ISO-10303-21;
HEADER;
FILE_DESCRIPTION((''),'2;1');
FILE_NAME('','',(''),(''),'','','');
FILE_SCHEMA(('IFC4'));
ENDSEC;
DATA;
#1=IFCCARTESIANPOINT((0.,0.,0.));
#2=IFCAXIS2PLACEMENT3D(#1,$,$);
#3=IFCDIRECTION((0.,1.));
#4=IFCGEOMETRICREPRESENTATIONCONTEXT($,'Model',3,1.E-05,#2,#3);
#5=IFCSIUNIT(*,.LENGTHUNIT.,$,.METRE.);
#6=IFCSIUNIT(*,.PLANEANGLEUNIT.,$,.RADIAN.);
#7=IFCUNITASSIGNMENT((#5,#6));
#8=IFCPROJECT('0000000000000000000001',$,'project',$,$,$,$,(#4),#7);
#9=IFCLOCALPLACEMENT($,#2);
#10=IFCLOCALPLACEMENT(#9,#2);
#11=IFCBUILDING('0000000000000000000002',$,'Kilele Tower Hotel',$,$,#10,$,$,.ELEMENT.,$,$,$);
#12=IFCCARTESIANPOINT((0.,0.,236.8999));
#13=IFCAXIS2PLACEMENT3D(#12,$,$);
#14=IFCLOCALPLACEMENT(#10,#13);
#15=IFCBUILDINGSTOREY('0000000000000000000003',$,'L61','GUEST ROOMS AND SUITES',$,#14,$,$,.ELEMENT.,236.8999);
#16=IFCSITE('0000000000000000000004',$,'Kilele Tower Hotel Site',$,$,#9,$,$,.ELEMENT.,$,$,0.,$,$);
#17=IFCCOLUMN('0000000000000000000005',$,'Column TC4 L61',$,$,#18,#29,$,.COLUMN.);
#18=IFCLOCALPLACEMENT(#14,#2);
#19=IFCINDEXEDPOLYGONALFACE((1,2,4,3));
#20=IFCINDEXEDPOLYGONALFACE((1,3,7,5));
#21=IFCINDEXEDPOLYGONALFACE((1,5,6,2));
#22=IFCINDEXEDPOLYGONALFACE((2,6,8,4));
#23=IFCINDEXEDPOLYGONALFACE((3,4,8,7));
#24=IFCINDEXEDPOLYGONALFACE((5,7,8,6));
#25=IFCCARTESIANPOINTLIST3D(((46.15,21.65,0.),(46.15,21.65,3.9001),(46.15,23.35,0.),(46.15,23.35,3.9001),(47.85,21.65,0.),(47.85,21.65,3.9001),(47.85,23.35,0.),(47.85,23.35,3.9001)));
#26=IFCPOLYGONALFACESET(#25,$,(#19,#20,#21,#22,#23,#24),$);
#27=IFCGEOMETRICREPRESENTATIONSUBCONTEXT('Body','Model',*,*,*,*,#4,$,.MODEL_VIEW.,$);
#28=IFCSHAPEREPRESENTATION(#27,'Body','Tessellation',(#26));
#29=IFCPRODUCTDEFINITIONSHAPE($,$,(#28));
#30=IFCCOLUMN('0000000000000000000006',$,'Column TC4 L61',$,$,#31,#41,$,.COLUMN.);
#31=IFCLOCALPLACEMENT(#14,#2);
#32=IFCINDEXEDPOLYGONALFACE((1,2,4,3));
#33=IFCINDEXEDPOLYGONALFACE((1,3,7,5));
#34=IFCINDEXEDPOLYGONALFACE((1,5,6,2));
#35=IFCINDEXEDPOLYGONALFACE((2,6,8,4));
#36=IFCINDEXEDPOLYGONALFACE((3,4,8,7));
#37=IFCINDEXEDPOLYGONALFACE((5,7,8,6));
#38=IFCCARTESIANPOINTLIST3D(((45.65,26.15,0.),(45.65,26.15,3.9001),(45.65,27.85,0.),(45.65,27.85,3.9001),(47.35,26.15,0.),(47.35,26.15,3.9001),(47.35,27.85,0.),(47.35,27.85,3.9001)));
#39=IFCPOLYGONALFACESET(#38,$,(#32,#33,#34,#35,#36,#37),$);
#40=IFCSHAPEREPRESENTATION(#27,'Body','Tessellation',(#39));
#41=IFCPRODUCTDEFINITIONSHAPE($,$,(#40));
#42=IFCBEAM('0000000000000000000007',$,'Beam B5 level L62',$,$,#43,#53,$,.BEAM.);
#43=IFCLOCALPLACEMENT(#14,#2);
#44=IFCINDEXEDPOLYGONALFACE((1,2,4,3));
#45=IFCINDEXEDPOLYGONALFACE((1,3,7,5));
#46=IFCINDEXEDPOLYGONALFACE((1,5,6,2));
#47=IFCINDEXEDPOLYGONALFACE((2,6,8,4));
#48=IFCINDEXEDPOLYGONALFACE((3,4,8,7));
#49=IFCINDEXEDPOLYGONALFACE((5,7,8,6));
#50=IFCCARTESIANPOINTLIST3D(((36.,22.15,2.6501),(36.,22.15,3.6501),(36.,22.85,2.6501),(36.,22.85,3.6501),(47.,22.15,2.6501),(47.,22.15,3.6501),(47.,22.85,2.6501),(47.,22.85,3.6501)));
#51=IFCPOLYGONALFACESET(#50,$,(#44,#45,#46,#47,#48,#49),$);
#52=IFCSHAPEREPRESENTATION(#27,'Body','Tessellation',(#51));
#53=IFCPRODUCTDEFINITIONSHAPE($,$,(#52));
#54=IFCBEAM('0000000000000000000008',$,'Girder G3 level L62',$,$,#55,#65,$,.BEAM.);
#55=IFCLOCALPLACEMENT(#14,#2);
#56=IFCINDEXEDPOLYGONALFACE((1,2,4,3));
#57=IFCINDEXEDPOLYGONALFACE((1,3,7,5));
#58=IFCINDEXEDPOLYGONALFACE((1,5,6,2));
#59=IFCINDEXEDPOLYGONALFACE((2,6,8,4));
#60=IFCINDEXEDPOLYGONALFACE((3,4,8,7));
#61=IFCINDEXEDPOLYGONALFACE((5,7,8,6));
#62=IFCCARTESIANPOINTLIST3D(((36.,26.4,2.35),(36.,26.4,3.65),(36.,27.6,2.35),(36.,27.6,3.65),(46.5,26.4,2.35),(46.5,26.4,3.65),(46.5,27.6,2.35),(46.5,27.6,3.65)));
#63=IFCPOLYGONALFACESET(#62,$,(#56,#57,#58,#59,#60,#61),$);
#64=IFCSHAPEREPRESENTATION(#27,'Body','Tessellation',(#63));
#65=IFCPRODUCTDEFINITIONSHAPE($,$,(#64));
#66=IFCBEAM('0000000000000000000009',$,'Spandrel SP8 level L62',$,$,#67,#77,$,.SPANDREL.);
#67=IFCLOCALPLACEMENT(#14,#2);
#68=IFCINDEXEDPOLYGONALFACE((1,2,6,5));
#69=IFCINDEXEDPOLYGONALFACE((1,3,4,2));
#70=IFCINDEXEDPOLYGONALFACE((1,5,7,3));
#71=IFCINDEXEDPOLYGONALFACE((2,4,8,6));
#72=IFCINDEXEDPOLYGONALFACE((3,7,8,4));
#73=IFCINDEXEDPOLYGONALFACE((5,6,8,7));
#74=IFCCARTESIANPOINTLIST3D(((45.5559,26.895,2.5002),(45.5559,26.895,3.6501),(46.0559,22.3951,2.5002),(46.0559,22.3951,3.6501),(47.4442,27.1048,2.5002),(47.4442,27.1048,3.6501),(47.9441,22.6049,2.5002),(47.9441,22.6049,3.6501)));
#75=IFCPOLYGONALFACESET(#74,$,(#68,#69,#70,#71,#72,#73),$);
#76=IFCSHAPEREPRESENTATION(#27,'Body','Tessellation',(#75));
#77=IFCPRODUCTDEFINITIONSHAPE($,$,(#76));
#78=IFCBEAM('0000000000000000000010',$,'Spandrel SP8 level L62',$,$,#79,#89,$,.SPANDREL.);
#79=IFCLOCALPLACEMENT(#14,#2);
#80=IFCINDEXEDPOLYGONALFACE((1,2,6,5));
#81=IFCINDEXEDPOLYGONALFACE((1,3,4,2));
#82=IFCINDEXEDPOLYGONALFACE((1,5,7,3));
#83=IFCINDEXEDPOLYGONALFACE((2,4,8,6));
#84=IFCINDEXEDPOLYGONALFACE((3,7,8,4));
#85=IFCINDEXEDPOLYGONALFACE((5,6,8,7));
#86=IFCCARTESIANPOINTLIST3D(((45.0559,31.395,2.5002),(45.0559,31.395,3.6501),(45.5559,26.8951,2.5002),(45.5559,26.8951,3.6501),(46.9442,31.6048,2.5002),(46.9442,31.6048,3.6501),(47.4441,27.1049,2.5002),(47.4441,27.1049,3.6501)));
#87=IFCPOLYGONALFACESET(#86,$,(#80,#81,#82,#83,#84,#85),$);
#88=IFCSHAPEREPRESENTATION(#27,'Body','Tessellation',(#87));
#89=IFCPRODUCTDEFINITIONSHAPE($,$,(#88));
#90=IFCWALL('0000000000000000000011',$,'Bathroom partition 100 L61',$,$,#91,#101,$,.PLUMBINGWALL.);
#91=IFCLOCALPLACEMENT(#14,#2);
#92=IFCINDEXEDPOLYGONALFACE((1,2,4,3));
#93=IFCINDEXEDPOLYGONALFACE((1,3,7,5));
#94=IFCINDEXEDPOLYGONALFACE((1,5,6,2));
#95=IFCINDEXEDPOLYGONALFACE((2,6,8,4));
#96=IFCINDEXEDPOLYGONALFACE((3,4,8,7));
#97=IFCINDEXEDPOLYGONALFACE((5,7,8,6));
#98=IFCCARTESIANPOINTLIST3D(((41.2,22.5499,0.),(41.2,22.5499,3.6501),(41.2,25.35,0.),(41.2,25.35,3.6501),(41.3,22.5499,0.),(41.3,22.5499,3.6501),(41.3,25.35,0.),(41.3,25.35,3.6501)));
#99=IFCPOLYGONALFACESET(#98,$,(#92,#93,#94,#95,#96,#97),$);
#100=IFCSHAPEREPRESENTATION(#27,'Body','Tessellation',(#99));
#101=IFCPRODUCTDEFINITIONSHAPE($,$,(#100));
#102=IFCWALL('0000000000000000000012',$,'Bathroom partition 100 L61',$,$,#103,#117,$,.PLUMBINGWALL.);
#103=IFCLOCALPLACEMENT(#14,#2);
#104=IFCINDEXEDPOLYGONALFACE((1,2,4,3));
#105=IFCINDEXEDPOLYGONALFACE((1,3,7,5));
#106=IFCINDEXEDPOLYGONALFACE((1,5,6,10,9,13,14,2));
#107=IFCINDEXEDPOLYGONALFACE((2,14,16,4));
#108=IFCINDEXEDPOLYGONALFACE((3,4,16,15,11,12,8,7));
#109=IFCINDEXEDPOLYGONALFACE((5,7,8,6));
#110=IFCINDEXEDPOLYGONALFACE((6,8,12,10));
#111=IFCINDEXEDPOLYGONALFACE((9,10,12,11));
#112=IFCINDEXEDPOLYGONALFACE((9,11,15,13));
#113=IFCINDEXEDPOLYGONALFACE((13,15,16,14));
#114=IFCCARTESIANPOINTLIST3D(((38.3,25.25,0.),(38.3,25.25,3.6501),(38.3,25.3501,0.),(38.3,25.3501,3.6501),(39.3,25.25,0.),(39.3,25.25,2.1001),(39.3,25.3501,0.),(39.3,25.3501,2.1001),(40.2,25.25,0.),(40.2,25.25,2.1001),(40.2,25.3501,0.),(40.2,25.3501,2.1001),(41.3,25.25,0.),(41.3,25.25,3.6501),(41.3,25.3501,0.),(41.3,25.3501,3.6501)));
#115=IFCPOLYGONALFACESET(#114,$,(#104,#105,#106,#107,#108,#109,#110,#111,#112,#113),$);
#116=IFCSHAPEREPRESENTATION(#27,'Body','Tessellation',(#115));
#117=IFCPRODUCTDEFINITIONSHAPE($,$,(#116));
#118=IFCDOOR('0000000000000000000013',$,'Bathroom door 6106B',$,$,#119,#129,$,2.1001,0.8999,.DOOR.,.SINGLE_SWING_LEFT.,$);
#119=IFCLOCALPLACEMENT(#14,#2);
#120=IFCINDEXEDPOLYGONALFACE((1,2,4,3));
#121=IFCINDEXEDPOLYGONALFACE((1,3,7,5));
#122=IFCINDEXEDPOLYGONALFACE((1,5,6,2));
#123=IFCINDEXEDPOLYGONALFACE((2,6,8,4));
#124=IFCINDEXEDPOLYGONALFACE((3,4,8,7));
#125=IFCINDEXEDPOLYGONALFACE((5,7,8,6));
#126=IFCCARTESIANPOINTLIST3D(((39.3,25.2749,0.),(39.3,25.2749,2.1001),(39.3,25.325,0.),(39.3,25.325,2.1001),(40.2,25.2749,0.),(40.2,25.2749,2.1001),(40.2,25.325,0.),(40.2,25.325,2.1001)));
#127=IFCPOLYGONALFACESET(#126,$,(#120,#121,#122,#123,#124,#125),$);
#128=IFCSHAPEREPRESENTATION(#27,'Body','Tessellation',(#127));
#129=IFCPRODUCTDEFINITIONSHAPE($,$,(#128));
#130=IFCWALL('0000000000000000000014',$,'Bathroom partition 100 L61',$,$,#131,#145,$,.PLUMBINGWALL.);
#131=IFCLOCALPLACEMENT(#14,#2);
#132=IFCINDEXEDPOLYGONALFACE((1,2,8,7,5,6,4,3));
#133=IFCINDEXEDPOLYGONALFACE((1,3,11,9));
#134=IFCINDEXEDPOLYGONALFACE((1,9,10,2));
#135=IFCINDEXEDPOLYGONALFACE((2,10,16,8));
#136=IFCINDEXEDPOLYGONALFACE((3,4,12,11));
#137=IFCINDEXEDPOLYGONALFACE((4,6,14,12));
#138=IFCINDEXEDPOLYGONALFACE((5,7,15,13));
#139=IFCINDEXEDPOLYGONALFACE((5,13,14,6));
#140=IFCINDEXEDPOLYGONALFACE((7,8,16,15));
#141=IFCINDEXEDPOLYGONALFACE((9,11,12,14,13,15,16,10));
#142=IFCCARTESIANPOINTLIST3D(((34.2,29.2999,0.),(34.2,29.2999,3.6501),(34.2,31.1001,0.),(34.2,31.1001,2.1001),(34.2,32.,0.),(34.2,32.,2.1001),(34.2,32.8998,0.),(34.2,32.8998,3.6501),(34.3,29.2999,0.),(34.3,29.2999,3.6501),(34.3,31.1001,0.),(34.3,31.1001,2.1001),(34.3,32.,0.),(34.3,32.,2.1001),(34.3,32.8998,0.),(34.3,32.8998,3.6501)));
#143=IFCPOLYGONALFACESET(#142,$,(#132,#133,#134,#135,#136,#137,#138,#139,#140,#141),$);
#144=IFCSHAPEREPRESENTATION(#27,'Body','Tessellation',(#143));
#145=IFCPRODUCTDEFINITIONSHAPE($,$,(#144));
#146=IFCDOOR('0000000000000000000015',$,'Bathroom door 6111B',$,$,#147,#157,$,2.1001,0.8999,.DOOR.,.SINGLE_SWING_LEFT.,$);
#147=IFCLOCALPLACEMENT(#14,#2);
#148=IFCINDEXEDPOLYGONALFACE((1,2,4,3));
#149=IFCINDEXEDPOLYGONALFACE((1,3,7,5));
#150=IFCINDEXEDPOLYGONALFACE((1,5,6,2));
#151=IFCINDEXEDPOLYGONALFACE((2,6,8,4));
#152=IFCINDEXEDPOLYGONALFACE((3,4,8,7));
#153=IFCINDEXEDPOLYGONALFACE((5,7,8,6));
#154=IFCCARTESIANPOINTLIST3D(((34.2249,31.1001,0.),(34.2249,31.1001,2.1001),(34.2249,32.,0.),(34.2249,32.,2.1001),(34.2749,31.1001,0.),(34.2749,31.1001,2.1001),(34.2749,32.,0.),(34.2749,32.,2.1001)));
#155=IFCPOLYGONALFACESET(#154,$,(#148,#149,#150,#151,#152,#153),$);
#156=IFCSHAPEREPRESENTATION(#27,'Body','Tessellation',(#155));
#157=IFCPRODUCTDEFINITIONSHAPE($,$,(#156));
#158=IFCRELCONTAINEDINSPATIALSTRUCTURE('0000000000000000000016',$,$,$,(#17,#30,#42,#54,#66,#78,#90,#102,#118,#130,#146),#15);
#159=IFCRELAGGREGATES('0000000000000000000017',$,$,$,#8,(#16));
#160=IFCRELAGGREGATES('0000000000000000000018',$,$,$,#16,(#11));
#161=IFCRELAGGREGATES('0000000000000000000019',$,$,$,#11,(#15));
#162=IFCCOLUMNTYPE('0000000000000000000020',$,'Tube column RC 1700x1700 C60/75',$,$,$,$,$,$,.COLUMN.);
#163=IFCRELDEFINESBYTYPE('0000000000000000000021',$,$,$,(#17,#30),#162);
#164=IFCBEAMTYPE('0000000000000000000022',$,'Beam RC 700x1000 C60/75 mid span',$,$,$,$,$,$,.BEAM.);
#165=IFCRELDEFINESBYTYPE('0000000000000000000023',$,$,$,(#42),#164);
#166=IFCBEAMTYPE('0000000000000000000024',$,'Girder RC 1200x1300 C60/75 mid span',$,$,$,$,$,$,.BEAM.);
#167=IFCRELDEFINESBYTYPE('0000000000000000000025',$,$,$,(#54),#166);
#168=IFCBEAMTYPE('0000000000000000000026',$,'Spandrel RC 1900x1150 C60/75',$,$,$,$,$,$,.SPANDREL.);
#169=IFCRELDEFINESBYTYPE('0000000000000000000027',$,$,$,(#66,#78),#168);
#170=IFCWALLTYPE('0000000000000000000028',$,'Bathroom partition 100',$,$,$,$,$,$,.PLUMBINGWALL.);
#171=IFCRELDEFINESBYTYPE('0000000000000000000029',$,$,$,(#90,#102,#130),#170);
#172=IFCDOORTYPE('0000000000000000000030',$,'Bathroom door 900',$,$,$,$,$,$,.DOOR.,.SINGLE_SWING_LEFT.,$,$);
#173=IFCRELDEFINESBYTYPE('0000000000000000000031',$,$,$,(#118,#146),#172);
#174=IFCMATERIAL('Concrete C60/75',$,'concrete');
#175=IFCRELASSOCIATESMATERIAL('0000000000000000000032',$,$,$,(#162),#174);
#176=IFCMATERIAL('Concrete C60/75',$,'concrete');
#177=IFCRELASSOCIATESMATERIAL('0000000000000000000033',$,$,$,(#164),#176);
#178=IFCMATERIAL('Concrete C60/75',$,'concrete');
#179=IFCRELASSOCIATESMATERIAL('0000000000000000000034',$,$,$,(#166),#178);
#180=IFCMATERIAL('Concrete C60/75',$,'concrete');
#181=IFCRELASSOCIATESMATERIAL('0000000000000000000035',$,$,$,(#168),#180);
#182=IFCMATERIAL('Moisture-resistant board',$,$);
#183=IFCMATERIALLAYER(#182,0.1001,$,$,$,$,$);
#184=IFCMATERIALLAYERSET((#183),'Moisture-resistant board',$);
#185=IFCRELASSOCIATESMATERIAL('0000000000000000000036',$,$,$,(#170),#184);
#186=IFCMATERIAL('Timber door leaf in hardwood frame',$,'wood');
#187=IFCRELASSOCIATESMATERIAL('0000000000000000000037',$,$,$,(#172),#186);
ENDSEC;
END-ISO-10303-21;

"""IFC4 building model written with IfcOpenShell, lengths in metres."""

from ifc_helpers import new_model, si_unit, direction, frame, frame_2d, origin, origin_2d, place, context, subcontext, project, spatial, rectangle, extrude, material, layer, layer_set, material_profile, profile_set, type_object, element, fill, save


model = new_model("IFC4")

# Units and contexts
model_context = context("Model", 3, precision=1e-05, world=origin(), true_north=direction((0.0, 1.0)))
body_context = subcontext(model_context, "Body", "Model", "MODEL_VIEW")
ifc_project = project(units=[si_unit("LENGTHUNIT", "METRE"), si_unit("PLANEANGLEUNIT", "RADIAN")], contexts=[model_context])

# Site, building, storey
site_placement = place(None, origin())
site = spatial("IfcSite", under=ifc_project, at=site_placement, Name="Kilele Tower Hotel Site", CompositionType="ELEMENT", RefElevation=0.0)
building_placement = place(site_placement, origin())
building = spatial("IfcBuilding", under=site, at=building_placement, Name="Kilele Tower Hotel", CompositionType="ELEMENT")
storey_placement = place(building_placement, frame((0.0, 0.0, 236.8999)))
storey = spatial("IfcBuildingStorey", under=building, at=storey_placement, Name="L61", Description="GUEST ROOMS AND SUITES", CompositionType="ELEMENT", Elevation=236.8999)

# Columns
ifc_material_1 = material(Name="Concrete C60/75", Category="concrete")
ifc_material_profile_1 = material_profile(ifc_material_1, rectangle(XDim=1.7, YDim=1.7, at=origin_2d()))
ifc_profile_set_1 = profile_set([ifc_material_profile_1], Name="Concrete C60/75")
column_type = type_object("IfcColumnType", Name="Tube column RC 1700x1700 C60/75", PredefinedType="COLUMN", material=ifc_profile_set_1)
for number, where, z_axis, x_axis, name in (
    (1, (47.0, 22.5, 0.0), (0.0, 0.0, 1.0), (1.0, 0.0, 0.0), "Column TC4 L61"),
    (2, (46.5, 27.0, 0.0), (0.0, 0.0, 1.0), (1.0, 0.0, 0.0), "Column TC4 L61"),
):
    element("IfcColumn", number, at=place(storey_placement, frame(where, z_axis=z_axis, x_axis=x_axis)), inside=storey, type_object=column_type, Name=name, PredefinedType="COLUMN", context=body_context, shape_type="SweptSolid", body=[
        extrude(rectangle(XDim=1.7, YDim=1.7, at=origin_2d()), origin(), (0.0, 0.0, 1.0), 3.9001),
    ])

# Beams
ifc_material_2 = material(Name="Concrete C60/75", Category="concrete")
ifc_material_profile_2 = material_profile(ifc_material_2, rectangle(XDim=0.7, YDim=1.0, at=origin_2d()))
ifc_profile_set_2 = profile_set([ifc_material_profile_2], Name="Concrete C60/75")
beam_type_1 = type_object("IfcBeamType", Name="Beam RC 700x1000 C60/75 mid span", PredefinedType="BEAM", material=ifc_profile_set_2)
beam_1_placement = place(storey_placement, frame((47.0, 22.5, 3.1501), z_axis=(-1.0, 0.0, 0.0), x_axis=(0.0, -1.0, 0.0)))
element("IfcBeam", 3, at=beam_1_placement, inside=storey, type_object=beam_type_1, Name="Beam B5 level L62", PredefinedType="BEAM", context=body_context, shape_type="SweptSolid", body=[
    extrude(rectangle(XDim=0.7, YDim=1.0, at=origin_2d()), origin(), (0.0, 0.0, 1.0), 11.0),
])
ifc_material_3 = material(Name="Concrete C60/75", Category="concrete")
ifc_material_profile_3 = material_profile(ifc_material_3, rectangle(XDim=1.2, YDim=1.3, at=origin_2d()))
ifc_profile_set_3 = profile_set([ifc_material_profile_3], Name="Concrete C60/75")
beam_type_2 = type_object("IfcBeamType", Name="Girder RC 1200x1300 C60/75 mid span", PredefinedType="BEAM", material=ifc_profile_set_3)
beam_2_placement = place(storey_placement, frame((46.5, 27.0, 3.0), z_axis=(-1.0, 0.0, 0.0), x_axis=(0.0, -1.0, 0.0)))
element("IfcBeam", 4, at=beam_2_placement, inside=storey, type_object=beam_type_2, Name="Girder G3 level L62", PredefinedType="BEAM", context=body_context, shape_type="SweptSolid", body=[
    extrude(rectangle(XDim=1.2, YDim=1.3, at=origin_2d()), origin(), (0.0, 0.0, 1.0), 10.5),
])
ifc_material_4 = material(Name="Concrete C60/75", Category="concrete")
ifc_material_profile_4 = material_profile(ifc_material_4, rectangle(XDim=1.8999, YDim=1.1499, at=origin_2d()))
ifc_profile_set_4 = profile_set([ifc_material_profile_4], Name="Concrete C60/75")
beam_type_3 = type_object("IfcBeamType", Name="Spandrel RC 1900x1150 C60/75", PredefinedType="SPANDREL", material=ifc_profile_set_4)
for number, where, z_axis, x_axis, name in (
    (5, (47.0, 22.5, 3.0752), (-0.110432, 0.993884, 0.0), (-0.993884, -0.110432, 0.0), "Spandrel SP8 level L62"),
    (6, (46.5, 27.0, 3.0752), (-0.110432, 0.993884, 0.0), (-0.993884, -0.110432, 0.0), "Spandrel SP8 level L62"),
):
    element("IfcBeam", number, at=place(storey_placement, frame(where, z_axis=z_axis, x_axis=x_axis)), inside=storey, type_object=beam_type_3, Name=name, PredefinedType="SPANDREL", context=body_context, shape_type="SweptSolid", body=[
        extrude(rectangle(XDim=1.8999, YDim=1.1499, at=origin_2d()), origin(), (0.0, 0.0, 1.0), 4.5276),
    ])

# Wall
ifc_material_5 = material(Name="Moisture-resistant board")
ifc_layer_1 = layer(ifc_material_5, 0.1001)
ifc_layer_set_1 = layer_set([ifc_layer_1], Name="Moisture-resistant board")
wall_type_1 = type_object("IfcWallType", Name="Bathroom partition 100", PredefinedType="PLUMBINGWALL", material=ifc_layer_set_1)
wall_1_placement = place(storey_placement, frame((41.25, 22.55, 0.0), z_axis=(0.0, 0.0, 1.0), x_axis=(0.0, 1.0, 0.0)))
element("IfcWall", 7, at=wall_1_placement, inside=storey, type_object=wall_type_1, Name="Bathroom partition 100 L61", PredefinedType="PLUMBINGWALL", context=body_context, shape_type="SweptSolid", body=[
    extrude(rectangle(XDim=2.8, YDim=0.1001, at=frame_2d((1.3999, 0.0))), origin(), (0.0, 0.0, 1.0), 3.6501),
])

# Walls, openings, doors
wall_2_placement = place(storey_placement, frame((38.3, 25.3, 0.0), z_axis=(0.0, 0.0, 1.0), x_axis=(1.0, 0.0, 0.0)))
wall_2 = element("IfcWall", 8, at=wall_2_placement, inside=storey, type_object=wall_type_1, Name="Bathroom partition 100 L61", PredefinedType="PLUMBINGWALL", context=body_context, shape_type="SweptSolid", body=[
    extrude(rectangle(XDim=3.0, YDim=0.1001, at=frame_2d((1.5, 0.0))), origin(), (0.0, 0.0, 1.0), 3.6501),
])
opening_1_placement = place(wall_2_placement, frame((1.0, 0.0, 0.0)))
opening_1 = element("IfcOpeningElement", 9, at=opening_1_placement, cuts=wall_2, PredefinedType="OPENING", context=body_context, shape_type="SweptSolid", body=[
    extrude(rectangle(XDim=0.8999, YDim=2.1001, at=frame_2d((0.45, 1.05))), frame((0.0, 0.0601, 0.0), z_axis=(0.0, -1.0, 0.0), x_axis=(1.0, 0.0, 0.0)), (0.0, 0.0, 1.0), 0.1201),
])
ifc_material_6 = material(Name="Timber door leaf in hardwood frame", Category="wood")
door_type_1 = type_object("IfcDoorType", Name="Bathroom door 900", OperationType="SINGLE_SWING_LEFT", PredefinedType="DOOR", material=ifc_material_6)
door_1_placement = place(opening_1_placement, origin())
door_1 = element("IfcDoor", 10, at=door_1_placement, inside=storey, type_object=door_type_1, Name="Bathroom door 6106B", OperationType="SINGLE_SWING_LEFT", OverallHeight=2.1001, OverallWidth=0.8999, PredefinedType="DOOR", context=body_context, shape_type="SweptSolid", body=[
    extrude(rectangle(XDim=0.8999, YDim=2.1001, at=frame_2d((0.45, 1.05))), frame((0.0, 0.0249, 0.0), z_axis=(0.0, -1.0, 0.0), x_axis=(1.0, 0.0, 0.0)), (0.0, 0.0, 1.0), 0.05),
])
fill(opening_1, door_1)
wall_3_placement = place(storey_placement, frame((34.25, 29.3, 0.0), z_axis=(0.0, 0.0, 1.0), x_axis=(0.0, 1.0, 0.0)))
wall_3 = element("IfcWall", 11, at=wall_3_placement, inside=storey, type_object=wall_type_1, Name="Bathroom partition 100 L61", PredefinedType="PLUMBINGWALL", context=body_context, shape_type="SweptSolid", body=[
    extrude(rectangle(XDim=3.5999, YDim=0.1001, at=frame_2d((1.7998, 0.0))), origin(), (0.0, 0.0, 1.0), 3.6501),
])
opening_2_placement = place(wall_3_placement, frame((2.7, 0.0, 0.0), z_axis=(0.0, 0.0, 1.0), x_axis=(-1.0, 0.0, 0.0)))
opening_2 = element("IfcOpeningElement", 12, at=opening_2_placement, cuts=wall_3, PredefinedType="OPENING", context=body_context, shape_type="SweptSolid", body=[
    extrude(rectangle(XDim=0.8999, YDim=2.1001, at=frame_2d((0.45, 1.05))), frame((0.0, 0.0601, 0.0), z_axis=(0.0, -1.0, 0.0), x_axis=(1.0, 0.0, 0.0)), (0.0, 0.0, 1.0), 0.1201),
])
door_2_placement = place(opening_2_placement, origin())
door_2 = element("IfcDoor", 13, at=door_2_placement, inside=storey, type_object=door_type_1, Name="Bathroom door 6111B", OperationType="SINGLE_SWING_LEFT", OverallHeight=2.1001, OverallWidth=0.8999, PredefinedType="DOOR", context=body_context, shape_type="SweptSolid", body=[
    extrude(rectangle(XDim=0.8999, YDim=2.1001, at=frame_2d((0.45, 1.05))), frame((0.0, 0.0249, 0.0), z_axis=(0.0, -1.0, 0.0), x_axis=(1.0, 0.0, 0.0)), (0.0, 0.0, 1.0), 0.05),
])
fill(opening_2, door_2)

save(model, "model.ifc")
